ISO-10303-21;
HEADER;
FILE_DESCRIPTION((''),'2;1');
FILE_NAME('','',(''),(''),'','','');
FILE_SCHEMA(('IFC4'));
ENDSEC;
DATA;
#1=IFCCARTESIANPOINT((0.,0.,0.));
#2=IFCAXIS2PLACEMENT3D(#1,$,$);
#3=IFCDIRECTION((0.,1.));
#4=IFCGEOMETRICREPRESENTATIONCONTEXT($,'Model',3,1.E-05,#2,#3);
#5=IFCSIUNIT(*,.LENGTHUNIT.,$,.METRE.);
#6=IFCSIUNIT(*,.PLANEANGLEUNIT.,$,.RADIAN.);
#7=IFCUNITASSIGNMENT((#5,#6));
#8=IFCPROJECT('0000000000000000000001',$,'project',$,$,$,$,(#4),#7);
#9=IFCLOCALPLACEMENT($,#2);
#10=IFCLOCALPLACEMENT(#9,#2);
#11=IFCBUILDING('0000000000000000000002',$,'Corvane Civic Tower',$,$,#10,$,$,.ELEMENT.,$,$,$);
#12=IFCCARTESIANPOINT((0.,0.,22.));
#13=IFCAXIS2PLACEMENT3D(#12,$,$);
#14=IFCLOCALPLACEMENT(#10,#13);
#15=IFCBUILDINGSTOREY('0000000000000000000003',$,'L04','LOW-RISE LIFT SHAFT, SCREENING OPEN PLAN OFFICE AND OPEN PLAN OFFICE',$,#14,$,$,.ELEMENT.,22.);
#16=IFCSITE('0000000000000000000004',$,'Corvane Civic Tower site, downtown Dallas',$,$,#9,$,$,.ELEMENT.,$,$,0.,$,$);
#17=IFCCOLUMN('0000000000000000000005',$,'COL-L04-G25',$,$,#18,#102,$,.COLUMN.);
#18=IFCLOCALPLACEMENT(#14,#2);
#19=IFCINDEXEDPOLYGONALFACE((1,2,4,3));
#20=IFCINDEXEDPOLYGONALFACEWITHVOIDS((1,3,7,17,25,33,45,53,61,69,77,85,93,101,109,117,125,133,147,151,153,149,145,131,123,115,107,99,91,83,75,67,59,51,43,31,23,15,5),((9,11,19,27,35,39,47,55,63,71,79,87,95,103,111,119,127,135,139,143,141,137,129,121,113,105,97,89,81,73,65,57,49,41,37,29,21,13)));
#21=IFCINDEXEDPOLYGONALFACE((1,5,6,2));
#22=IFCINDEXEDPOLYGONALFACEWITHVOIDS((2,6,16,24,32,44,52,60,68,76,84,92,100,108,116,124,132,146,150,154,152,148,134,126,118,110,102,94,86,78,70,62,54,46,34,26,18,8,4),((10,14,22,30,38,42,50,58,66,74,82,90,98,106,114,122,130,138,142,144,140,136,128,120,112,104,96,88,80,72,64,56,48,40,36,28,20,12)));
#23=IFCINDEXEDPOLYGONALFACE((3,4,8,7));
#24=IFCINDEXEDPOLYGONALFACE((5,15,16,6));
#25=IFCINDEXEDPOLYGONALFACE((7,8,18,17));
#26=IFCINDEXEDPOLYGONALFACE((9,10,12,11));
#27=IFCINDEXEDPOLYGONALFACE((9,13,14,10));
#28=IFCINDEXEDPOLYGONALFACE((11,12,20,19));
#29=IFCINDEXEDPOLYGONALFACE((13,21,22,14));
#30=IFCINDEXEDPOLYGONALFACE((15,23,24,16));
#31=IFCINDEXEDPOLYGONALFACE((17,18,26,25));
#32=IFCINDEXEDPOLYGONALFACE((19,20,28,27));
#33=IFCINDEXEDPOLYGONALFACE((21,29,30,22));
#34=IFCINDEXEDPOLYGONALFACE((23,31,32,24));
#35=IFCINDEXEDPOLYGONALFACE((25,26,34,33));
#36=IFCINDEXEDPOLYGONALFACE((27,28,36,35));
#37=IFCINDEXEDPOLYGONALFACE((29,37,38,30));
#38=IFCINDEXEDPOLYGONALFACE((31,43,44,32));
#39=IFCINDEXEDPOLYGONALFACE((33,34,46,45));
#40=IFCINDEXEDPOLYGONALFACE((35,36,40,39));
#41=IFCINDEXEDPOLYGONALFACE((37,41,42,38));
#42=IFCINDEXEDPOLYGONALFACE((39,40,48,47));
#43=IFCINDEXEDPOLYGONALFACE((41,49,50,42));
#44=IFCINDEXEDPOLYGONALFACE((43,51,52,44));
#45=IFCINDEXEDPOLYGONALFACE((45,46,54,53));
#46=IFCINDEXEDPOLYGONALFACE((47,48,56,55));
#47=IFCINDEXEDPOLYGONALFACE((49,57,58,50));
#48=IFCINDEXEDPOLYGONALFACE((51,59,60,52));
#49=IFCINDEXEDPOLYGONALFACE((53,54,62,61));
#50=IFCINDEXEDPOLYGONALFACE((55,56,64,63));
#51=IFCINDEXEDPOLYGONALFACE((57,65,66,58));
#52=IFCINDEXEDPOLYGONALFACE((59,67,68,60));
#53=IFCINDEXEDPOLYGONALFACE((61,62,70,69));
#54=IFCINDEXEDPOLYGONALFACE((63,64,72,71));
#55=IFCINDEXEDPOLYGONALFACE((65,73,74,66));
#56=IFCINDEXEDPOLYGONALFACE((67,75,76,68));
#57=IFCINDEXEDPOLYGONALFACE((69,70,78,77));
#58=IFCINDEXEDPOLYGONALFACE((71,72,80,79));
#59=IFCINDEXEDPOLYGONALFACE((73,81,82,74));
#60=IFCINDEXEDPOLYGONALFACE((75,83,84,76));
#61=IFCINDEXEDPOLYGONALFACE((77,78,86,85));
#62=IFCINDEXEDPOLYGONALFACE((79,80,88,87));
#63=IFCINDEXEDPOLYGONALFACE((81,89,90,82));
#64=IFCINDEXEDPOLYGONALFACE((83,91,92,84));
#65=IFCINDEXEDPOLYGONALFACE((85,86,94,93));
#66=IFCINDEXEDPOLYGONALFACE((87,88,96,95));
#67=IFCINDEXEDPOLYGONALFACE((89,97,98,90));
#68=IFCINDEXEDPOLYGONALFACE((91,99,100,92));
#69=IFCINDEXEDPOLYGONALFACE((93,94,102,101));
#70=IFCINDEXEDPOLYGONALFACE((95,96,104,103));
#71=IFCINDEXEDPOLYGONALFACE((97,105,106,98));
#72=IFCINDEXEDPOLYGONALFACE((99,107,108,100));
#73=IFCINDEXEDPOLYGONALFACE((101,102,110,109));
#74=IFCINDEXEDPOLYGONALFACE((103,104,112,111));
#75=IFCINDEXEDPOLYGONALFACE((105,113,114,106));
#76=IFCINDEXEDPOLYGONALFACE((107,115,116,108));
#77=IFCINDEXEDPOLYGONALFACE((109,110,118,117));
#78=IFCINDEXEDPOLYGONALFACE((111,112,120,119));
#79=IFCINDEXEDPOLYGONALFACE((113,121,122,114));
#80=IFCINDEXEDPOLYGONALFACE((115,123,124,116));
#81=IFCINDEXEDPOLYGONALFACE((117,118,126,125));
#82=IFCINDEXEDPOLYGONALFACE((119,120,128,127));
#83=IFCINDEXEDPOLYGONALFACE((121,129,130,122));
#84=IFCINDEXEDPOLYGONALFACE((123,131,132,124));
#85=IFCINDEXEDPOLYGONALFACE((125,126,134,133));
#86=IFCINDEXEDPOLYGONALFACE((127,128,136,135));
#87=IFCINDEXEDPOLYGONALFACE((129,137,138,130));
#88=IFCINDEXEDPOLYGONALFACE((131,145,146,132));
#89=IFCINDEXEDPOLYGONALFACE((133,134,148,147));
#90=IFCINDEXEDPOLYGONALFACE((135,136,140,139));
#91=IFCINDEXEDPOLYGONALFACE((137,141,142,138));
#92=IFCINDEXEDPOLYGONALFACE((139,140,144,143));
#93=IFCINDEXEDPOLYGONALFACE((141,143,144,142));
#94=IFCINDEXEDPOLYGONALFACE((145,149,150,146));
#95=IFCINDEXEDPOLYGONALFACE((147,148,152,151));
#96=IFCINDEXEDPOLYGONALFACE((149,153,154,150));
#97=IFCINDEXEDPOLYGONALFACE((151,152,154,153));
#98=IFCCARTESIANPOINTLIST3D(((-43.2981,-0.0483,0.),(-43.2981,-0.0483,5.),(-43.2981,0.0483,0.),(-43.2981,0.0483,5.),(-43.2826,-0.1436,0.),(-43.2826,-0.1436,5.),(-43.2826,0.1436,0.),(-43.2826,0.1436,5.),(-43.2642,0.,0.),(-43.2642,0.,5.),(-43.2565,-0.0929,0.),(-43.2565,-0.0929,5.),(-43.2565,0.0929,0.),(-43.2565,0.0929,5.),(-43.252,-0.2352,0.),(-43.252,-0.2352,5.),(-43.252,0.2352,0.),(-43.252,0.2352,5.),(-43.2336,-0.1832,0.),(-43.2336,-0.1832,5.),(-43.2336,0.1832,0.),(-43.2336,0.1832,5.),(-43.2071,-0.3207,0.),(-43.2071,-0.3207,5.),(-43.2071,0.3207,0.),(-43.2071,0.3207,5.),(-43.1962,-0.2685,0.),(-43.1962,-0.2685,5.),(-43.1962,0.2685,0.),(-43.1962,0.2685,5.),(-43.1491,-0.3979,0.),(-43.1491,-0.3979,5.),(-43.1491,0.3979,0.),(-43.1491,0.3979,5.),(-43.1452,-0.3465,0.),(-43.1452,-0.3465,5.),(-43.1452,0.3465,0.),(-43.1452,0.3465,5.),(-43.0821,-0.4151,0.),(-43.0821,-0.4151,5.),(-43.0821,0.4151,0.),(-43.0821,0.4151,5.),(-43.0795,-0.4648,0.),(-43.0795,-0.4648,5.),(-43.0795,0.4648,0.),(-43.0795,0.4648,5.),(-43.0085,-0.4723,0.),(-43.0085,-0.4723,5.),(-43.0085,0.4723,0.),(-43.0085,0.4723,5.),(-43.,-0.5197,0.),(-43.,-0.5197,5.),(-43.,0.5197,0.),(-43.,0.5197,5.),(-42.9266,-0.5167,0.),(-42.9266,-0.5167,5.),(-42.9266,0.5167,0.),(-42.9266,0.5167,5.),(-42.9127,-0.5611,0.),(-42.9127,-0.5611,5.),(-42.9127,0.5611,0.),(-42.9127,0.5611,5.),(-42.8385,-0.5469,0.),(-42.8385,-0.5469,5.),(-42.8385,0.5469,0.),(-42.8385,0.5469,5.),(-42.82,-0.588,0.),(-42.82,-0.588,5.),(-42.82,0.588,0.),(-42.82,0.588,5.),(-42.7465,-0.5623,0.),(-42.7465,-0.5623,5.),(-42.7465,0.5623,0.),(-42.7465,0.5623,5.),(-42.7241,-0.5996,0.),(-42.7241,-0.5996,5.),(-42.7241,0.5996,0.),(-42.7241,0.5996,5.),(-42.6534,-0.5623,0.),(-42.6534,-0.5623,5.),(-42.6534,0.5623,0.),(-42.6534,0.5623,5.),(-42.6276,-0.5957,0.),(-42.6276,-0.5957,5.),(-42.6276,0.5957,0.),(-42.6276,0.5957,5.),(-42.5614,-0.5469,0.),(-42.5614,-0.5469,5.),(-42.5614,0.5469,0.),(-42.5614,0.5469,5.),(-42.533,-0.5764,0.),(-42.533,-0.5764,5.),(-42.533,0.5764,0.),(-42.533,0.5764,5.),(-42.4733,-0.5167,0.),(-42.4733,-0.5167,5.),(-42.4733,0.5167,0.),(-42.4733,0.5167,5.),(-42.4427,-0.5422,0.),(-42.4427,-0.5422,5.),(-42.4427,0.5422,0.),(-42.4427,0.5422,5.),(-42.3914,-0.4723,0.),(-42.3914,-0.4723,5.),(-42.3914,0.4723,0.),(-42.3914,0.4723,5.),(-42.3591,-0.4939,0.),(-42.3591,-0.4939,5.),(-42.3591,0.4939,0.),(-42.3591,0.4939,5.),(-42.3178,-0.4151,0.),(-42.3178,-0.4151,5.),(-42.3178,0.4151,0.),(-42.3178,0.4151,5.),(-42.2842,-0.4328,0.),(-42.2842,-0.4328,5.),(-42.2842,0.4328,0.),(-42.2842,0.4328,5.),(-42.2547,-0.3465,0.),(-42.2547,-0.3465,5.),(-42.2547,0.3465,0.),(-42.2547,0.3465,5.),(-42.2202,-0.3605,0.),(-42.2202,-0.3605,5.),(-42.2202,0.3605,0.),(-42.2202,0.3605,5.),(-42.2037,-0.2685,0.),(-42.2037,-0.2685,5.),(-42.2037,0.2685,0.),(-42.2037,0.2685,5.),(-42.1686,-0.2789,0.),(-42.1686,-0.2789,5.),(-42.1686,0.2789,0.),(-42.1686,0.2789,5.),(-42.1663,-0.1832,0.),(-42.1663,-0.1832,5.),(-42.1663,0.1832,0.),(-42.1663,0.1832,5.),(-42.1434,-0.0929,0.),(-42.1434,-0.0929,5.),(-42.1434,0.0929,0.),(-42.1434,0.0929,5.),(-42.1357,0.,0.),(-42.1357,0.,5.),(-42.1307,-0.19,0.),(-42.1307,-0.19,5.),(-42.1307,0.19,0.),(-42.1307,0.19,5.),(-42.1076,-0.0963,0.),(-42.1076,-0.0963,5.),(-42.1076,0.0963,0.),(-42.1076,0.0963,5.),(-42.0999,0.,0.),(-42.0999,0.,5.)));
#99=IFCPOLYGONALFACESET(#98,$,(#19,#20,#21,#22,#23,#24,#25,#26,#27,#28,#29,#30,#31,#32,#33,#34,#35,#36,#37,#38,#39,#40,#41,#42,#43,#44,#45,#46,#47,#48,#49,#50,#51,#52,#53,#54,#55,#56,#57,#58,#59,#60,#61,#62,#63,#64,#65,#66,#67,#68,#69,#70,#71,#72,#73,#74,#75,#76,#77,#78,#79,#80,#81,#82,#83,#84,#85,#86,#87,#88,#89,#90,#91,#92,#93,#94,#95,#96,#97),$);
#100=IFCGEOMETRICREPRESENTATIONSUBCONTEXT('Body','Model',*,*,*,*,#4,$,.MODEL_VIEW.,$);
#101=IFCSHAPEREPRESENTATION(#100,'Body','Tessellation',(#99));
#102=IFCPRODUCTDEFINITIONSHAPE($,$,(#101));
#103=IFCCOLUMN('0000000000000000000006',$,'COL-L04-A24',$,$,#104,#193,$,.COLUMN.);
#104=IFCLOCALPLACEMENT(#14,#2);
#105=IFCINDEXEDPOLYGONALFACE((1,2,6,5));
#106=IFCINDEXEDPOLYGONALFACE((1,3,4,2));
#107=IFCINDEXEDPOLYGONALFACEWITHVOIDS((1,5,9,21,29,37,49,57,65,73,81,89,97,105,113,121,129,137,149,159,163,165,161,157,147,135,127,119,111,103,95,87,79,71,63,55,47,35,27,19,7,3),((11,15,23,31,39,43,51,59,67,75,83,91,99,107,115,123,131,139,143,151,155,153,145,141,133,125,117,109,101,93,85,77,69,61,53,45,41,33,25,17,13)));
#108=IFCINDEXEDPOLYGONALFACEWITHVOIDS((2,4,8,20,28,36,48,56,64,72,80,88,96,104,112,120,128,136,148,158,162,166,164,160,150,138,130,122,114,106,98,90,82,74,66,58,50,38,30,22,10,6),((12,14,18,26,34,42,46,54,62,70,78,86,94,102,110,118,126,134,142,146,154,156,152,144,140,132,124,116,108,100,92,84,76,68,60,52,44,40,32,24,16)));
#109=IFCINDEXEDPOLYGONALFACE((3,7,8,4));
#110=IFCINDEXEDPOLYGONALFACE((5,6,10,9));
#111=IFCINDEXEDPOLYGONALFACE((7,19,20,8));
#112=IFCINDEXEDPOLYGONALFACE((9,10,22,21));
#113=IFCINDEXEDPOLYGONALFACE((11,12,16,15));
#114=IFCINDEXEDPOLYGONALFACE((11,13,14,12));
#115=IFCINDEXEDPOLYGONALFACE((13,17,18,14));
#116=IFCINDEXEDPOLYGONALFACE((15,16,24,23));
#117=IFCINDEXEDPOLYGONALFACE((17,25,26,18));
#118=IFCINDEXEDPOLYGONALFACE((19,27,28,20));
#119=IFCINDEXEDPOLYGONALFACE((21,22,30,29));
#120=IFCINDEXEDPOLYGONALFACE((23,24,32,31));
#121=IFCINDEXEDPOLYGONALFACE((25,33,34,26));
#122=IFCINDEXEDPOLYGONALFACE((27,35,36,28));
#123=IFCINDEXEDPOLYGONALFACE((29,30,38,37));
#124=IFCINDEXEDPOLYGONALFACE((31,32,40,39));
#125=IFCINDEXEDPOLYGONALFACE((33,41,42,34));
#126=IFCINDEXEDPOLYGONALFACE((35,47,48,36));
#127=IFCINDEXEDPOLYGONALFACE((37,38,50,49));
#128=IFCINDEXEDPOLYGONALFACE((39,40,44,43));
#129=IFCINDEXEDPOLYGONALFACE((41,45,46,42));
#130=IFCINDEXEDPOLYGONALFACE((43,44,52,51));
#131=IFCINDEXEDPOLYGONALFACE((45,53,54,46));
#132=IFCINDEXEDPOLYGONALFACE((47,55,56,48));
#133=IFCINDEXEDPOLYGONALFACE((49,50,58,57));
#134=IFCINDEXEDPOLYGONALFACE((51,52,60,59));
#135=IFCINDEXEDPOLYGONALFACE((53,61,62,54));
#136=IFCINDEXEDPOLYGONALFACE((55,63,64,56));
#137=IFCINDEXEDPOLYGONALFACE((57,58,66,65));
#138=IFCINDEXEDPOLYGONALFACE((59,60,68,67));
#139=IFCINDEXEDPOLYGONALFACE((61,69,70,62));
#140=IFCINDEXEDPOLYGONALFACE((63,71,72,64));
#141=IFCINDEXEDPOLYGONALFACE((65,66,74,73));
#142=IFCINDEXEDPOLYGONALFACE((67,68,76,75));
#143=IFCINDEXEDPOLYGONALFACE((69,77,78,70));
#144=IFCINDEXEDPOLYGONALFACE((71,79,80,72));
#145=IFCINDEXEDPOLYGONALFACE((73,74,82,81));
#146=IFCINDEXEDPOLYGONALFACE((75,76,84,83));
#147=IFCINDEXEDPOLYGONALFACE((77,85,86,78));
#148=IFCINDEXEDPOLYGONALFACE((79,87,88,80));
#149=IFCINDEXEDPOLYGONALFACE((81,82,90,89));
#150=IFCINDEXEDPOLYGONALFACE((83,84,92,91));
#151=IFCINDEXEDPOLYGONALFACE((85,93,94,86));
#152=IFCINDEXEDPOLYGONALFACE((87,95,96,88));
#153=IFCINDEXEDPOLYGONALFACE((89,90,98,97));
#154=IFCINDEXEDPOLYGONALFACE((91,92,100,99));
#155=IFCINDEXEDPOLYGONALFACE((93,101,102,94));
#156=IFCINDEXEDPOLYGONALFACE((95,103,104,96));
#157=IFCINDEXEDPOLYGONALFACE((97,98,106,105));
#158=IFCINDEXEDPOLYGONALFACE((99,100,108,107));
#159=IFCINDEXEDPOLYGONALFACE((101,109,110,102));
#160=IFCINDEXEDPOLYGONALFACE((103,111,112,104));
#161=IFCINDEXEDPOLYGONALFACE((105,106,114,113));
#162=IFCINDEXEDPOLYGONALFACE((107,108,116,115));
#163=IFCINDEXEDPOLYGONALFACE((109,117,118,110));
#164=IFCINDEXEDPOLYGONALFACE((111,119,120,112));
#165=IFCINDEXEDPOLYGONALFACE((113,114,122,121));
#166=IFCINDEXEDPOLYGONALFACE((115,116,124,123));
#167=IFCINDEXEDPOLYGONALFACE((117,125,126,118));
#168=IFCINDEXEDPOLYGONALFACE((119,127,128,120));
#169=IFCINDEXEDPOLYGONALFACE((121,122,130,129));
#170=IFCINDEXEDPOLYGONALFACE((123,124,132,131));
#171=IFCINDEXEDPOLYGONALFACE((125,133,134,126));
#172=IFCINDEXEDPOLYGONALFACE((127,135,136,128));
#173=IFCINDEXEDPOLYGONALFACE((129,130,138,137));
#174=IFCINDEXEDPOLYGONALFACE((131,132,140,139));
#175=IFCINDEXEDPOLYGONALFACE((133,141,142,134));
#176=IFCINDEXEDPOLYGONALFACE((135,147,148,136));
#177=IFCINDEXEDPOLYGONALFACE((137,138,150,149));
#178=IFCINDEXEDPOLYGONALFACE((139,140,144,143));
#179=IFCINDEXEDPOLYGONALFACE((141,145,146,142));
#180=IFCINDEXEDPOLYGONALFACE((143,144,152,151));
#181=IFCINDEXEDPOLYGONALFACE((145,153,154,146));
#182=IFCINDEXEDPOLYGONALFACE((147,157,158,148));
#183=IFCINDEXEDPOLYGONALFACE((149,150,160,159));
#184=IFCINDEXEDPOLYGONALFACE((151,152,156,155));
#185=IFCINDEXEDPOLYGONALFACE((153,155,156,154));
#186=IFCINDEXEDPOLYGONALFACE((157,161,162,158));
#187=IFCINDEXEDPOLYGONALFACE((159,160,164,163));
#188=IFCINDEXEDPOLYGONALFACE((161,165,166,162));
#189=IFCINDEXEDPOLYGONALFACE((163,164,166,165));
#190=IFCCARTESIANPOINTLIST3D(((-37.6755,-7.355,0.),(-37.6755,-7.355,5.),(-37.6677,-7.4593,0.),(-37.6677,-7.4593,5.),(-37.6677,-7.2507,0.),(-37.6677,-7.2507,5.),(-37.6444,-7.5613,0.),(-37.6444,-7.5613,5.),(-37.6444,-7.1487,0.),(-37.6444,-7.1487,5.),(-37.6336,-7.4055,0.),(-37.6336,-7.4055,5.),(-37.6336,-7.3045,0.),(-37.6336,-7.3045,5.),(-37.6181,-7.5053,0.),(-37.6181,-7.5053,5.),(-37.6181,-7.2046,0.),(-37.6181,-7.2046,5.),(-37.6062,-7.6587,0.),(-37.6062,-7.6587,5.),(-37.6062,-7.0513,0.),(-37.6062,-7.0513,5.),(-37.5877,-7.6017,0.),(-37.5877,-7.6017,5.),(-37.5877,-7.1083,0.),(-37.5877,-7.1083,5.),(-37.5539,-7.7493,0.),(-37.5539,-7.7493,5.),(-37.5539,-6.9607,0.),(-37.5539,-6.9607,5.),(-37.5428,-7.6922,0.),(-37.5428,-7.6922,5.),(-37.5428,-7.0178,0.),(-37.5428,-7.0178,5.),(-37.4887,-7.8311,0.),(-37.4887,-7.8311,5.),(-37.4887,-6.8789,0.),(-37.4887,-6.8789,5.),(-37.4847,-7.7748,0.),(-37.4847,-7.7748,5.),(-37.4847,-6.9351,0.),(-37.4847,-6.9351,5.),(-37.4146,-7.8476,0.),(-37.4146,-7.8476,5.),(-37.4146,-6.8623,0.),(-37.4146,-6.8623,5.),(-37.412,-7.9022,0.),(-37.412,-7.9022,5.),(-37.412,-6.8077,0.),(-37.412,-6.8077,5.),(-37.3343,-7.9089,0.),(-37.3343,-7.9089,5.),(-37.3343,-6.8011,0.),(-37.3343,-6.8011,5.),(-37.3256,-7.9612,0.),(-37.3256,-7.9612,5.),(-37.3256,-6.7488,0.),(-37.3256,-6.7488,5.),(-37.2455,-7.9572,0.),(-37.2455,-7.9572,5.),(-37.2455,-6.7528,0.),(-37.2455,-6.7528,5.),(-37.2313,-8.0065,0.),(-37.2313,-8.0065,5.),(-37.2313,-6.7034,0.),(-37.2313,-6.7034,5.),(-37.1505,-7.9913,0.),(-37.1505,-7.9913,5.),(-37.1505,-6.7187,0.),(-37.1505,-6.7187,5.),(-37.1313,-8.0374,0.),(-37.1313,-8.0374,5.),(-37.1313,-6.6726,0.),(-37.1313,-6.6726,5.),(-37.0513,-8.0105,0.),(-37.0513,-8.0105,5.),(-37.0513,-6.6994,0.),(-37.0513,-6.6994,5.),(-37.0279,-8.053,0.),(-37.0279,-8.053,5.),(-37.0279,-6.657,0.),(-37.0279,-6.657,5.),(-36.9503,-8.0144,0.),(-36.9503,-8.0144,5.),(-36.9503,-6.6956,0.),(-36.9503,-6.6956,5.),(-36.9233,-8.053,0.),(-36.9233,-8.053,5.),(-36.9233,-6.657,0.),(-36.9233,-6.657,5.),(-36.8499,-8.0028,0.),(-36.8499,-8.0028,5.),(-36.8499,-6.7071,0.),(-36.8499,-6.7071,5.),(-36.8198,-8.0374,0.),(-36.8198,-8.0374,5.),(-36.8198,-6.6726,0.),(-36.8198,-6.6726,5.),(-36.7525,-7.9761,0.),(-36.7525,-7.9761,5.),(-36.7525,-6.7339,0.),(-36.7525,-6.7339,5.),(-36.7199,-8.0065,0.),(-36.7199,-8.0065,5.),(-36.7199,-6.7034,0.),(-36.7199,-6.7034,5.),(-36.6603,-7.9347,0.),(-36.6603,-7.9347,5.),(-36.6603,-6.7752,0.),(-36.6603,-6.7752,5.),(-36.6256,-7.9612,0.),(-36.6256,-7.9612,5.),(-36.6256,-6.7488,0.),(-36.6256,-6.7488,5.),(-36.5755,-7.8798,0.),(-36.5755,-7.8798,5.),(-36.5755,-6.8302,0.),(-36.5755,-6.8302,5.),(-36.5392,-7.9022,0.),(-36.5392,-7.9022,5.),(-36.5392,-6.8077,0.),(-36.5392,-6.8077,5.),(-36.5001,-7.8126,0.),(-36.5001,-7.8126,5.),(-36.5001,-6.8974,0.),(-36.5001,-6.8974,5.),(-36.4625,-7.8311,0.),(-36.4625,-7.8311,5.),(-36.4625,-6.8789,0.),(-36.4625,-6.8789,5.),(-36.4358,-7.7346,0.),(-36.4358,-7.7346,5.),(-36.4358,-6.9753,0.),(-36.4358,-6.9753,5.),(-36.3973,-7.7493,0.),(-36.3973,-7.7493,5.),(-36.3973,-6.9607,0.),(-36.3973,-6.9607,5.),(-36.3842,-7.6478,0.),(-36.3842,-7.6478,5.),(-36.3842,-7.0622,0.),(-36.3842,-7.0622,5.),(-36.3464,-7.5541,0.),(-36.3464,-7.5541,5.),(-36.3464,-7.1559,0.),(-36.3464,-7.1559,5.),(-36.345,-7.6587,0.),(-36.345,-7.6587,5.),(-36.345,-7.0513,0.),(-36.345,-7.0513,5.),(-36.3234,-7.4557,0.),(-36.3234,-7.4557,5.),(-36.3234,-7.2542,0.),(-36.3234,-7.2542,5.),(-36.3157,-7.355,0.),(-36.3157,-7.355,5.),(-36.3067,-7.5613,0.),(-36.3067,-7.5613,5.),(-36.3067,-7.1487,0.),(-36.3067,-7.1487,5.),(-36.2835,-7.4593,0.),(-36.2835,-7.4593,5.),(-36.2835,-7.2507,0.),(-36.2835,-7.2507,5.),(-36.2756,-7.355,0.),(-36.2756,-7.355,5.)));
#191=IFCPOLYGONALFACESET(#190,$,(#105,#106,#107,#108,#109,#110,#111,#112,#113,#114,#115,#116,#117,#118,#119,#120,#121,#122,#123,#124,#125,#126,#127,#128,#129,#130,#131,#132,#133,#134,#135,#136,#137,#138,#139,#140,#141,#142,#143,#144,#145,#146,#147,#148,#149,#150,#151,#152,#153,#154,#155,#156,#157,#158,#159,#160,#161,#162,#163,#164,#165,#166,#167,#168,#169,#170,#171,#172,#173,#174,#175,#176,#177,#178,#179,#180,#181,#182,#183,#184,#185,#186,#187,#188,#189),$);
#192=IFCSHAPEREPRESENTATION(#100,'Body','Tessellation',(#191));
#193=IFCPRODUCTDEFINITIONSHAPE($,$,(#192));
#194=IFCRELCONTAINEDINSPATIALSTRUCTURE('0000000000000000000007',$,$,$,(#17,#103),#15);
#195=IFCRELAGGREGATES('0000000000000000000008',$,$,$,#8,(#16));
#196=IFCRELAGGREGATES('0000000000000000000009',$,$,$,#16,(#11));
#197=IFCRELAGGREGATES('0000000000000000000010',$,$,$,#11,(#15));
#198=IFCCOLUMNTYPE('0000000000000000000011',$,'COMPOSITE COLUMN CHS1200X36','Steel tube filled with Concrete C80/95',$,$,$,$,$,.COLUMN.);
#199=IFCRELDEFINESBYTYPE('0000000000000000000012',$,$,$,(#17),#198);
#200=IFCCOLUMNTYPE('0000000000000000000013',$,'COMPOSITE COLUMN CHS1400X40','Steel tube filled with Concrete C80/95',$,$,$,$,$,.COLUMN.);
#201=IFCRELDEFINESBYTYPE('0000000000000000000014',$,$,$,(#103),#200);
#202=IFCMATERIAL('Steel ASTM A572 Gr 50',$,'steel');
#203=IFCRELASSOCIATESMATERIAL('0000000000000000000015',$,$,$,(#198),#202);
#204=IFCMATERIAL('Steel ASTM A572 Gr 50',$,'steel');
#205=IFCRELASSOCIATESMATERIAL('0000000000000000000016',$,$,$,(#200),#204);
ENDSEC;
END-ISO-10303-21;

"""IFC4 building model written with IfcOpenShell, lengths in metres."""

from ifc_helpers import new_model, si_unit, direction, frame, origin, origin_2d, place, context, subcontext, project, spatial, hollow_circle, extrude, material, material_profile, profile_set, type_object, element, save


model = new_model("IFC4")

# Units and contexts
model_context = context("Model", 3, precision=1e-05, world=origin(), true_north=direction((0.0, 1.0)))
body_context = subcontext(model_context, "Body", "Model", "MODEL_VIEW")
ifc_project = project(units=[si_unit("LENGTHUNIT", "METRE"), si_unit("PLANEANGLEUNIT", "RADIAN")], contexts=[model_context])

# Site, building, storey
site_placement = place(None, origin())
site = spatial("IfcSite", under=ifc_project, at=site_placement, Name="Corvane Civic Tower site, downtown Dallas", CompositionType="ELEMENT", RefElevation=0.0)
building_placement = place(site_placement, origin())
building = spatial("IfcBuilding", under=site, at=building_placement, Name="Corvane Civic Tower", CompositionType="ELEMENT")
storey_placement = place(building_placement, frame((0.0, 0.0, 22.0)))
storey = spatial("IfcBuildingStorey", under=building, at=storey_placement, Name="L04", Description="LOW-RISE LIFT SHAFT, SCREENING OPEN PLAN OFFICE AND OPEN PLAN OFFICE", CompositionType="ELEMENT", Elevation=22.0)

# Columns
ifc_material_1 = material(Name="Steel ASTM A572 Gr 50", Category="steel")
ifc_material_profile_1 = material_profile(ifc_material_1, hollow_circle(Radius=0.6001, WallThickness=0.0359, at=origin_2d()), Name="CHS1200X36")
ifc_profile_set_1 = profile_set([ifc_material_profile_1], Name="Steel ASTM A572 Gr 50")
column_type_1 = type_object("IfcColumnType", Name="COMPOSITE COLUMN CHS1200X36", Description="Steel tube filled with Concrete C80/95", PredefinedType="COLUMN", material=ifc_profile_set_1)
column_placement = place(storey_placement, frame((-42.7, 0.0, 0.0), z_axis=(0.0, 0.0, 1.0), x_axis=(1.0, 0.0, 0.0)))
element("IfcColumn", 1, at=column_placement, inside=storey, type_object=column_type_1, Name="COL-L04-G25", PredefinedType="COLUMN", context=body_context, shape_type="SweptSolid", body=[
    extrude(hollow_circle(Radius=0.6001, WallThickness=0.0359, at=origin_2d()), origin(), (0.0, 0.0, 1.0), 5.0),
])
ifc_material_2 = material(Name="Steel ASTM A572 Gr 50", Category="steel")
ifc_material_profile_2 = material_profile(ifc_material_2, hollow_circle(Radius=0.7, WallThickness=0.04, at=origin_2d()), Name="CHS1400X40")
ifc_profile_set_2 = profile_set([ifc_material_profile_2], Name="Steel ASTM A572 Gr 50")
column_type_2 = type_object("IfcColumnType", Name="COMPOSITE COLUMN CHS1400X40", Description="Steel tube filled with Concrete C80/95", PredefinedType="COLUMN", material=ifc_profile_set_2)
for number, where, z_axis, x_axis, name in (
    (2, (-36.9756, -7.355, 0.0), (0.0, 0.0, 1.0), (1.0, 0.0, 0.0), "COL-L04-A24"),
):
    element("IfcColumn", number, at=place(storey_placement, frame(where, z_axis=z_axis, x_axis=x_axis)), inside=storey, type_object=column_type_2, Name=name, PredefinedType="COLUMN", context=body_context, shape_type="SweptSolid", body=[
        extrude(hollow_circle(Radius=0.7, WallThickness=0.04, at=origin_2d()), origin(), (0.0, 0.0, 1.0), 5.0),
    ])

save(model, "model.ifc")
